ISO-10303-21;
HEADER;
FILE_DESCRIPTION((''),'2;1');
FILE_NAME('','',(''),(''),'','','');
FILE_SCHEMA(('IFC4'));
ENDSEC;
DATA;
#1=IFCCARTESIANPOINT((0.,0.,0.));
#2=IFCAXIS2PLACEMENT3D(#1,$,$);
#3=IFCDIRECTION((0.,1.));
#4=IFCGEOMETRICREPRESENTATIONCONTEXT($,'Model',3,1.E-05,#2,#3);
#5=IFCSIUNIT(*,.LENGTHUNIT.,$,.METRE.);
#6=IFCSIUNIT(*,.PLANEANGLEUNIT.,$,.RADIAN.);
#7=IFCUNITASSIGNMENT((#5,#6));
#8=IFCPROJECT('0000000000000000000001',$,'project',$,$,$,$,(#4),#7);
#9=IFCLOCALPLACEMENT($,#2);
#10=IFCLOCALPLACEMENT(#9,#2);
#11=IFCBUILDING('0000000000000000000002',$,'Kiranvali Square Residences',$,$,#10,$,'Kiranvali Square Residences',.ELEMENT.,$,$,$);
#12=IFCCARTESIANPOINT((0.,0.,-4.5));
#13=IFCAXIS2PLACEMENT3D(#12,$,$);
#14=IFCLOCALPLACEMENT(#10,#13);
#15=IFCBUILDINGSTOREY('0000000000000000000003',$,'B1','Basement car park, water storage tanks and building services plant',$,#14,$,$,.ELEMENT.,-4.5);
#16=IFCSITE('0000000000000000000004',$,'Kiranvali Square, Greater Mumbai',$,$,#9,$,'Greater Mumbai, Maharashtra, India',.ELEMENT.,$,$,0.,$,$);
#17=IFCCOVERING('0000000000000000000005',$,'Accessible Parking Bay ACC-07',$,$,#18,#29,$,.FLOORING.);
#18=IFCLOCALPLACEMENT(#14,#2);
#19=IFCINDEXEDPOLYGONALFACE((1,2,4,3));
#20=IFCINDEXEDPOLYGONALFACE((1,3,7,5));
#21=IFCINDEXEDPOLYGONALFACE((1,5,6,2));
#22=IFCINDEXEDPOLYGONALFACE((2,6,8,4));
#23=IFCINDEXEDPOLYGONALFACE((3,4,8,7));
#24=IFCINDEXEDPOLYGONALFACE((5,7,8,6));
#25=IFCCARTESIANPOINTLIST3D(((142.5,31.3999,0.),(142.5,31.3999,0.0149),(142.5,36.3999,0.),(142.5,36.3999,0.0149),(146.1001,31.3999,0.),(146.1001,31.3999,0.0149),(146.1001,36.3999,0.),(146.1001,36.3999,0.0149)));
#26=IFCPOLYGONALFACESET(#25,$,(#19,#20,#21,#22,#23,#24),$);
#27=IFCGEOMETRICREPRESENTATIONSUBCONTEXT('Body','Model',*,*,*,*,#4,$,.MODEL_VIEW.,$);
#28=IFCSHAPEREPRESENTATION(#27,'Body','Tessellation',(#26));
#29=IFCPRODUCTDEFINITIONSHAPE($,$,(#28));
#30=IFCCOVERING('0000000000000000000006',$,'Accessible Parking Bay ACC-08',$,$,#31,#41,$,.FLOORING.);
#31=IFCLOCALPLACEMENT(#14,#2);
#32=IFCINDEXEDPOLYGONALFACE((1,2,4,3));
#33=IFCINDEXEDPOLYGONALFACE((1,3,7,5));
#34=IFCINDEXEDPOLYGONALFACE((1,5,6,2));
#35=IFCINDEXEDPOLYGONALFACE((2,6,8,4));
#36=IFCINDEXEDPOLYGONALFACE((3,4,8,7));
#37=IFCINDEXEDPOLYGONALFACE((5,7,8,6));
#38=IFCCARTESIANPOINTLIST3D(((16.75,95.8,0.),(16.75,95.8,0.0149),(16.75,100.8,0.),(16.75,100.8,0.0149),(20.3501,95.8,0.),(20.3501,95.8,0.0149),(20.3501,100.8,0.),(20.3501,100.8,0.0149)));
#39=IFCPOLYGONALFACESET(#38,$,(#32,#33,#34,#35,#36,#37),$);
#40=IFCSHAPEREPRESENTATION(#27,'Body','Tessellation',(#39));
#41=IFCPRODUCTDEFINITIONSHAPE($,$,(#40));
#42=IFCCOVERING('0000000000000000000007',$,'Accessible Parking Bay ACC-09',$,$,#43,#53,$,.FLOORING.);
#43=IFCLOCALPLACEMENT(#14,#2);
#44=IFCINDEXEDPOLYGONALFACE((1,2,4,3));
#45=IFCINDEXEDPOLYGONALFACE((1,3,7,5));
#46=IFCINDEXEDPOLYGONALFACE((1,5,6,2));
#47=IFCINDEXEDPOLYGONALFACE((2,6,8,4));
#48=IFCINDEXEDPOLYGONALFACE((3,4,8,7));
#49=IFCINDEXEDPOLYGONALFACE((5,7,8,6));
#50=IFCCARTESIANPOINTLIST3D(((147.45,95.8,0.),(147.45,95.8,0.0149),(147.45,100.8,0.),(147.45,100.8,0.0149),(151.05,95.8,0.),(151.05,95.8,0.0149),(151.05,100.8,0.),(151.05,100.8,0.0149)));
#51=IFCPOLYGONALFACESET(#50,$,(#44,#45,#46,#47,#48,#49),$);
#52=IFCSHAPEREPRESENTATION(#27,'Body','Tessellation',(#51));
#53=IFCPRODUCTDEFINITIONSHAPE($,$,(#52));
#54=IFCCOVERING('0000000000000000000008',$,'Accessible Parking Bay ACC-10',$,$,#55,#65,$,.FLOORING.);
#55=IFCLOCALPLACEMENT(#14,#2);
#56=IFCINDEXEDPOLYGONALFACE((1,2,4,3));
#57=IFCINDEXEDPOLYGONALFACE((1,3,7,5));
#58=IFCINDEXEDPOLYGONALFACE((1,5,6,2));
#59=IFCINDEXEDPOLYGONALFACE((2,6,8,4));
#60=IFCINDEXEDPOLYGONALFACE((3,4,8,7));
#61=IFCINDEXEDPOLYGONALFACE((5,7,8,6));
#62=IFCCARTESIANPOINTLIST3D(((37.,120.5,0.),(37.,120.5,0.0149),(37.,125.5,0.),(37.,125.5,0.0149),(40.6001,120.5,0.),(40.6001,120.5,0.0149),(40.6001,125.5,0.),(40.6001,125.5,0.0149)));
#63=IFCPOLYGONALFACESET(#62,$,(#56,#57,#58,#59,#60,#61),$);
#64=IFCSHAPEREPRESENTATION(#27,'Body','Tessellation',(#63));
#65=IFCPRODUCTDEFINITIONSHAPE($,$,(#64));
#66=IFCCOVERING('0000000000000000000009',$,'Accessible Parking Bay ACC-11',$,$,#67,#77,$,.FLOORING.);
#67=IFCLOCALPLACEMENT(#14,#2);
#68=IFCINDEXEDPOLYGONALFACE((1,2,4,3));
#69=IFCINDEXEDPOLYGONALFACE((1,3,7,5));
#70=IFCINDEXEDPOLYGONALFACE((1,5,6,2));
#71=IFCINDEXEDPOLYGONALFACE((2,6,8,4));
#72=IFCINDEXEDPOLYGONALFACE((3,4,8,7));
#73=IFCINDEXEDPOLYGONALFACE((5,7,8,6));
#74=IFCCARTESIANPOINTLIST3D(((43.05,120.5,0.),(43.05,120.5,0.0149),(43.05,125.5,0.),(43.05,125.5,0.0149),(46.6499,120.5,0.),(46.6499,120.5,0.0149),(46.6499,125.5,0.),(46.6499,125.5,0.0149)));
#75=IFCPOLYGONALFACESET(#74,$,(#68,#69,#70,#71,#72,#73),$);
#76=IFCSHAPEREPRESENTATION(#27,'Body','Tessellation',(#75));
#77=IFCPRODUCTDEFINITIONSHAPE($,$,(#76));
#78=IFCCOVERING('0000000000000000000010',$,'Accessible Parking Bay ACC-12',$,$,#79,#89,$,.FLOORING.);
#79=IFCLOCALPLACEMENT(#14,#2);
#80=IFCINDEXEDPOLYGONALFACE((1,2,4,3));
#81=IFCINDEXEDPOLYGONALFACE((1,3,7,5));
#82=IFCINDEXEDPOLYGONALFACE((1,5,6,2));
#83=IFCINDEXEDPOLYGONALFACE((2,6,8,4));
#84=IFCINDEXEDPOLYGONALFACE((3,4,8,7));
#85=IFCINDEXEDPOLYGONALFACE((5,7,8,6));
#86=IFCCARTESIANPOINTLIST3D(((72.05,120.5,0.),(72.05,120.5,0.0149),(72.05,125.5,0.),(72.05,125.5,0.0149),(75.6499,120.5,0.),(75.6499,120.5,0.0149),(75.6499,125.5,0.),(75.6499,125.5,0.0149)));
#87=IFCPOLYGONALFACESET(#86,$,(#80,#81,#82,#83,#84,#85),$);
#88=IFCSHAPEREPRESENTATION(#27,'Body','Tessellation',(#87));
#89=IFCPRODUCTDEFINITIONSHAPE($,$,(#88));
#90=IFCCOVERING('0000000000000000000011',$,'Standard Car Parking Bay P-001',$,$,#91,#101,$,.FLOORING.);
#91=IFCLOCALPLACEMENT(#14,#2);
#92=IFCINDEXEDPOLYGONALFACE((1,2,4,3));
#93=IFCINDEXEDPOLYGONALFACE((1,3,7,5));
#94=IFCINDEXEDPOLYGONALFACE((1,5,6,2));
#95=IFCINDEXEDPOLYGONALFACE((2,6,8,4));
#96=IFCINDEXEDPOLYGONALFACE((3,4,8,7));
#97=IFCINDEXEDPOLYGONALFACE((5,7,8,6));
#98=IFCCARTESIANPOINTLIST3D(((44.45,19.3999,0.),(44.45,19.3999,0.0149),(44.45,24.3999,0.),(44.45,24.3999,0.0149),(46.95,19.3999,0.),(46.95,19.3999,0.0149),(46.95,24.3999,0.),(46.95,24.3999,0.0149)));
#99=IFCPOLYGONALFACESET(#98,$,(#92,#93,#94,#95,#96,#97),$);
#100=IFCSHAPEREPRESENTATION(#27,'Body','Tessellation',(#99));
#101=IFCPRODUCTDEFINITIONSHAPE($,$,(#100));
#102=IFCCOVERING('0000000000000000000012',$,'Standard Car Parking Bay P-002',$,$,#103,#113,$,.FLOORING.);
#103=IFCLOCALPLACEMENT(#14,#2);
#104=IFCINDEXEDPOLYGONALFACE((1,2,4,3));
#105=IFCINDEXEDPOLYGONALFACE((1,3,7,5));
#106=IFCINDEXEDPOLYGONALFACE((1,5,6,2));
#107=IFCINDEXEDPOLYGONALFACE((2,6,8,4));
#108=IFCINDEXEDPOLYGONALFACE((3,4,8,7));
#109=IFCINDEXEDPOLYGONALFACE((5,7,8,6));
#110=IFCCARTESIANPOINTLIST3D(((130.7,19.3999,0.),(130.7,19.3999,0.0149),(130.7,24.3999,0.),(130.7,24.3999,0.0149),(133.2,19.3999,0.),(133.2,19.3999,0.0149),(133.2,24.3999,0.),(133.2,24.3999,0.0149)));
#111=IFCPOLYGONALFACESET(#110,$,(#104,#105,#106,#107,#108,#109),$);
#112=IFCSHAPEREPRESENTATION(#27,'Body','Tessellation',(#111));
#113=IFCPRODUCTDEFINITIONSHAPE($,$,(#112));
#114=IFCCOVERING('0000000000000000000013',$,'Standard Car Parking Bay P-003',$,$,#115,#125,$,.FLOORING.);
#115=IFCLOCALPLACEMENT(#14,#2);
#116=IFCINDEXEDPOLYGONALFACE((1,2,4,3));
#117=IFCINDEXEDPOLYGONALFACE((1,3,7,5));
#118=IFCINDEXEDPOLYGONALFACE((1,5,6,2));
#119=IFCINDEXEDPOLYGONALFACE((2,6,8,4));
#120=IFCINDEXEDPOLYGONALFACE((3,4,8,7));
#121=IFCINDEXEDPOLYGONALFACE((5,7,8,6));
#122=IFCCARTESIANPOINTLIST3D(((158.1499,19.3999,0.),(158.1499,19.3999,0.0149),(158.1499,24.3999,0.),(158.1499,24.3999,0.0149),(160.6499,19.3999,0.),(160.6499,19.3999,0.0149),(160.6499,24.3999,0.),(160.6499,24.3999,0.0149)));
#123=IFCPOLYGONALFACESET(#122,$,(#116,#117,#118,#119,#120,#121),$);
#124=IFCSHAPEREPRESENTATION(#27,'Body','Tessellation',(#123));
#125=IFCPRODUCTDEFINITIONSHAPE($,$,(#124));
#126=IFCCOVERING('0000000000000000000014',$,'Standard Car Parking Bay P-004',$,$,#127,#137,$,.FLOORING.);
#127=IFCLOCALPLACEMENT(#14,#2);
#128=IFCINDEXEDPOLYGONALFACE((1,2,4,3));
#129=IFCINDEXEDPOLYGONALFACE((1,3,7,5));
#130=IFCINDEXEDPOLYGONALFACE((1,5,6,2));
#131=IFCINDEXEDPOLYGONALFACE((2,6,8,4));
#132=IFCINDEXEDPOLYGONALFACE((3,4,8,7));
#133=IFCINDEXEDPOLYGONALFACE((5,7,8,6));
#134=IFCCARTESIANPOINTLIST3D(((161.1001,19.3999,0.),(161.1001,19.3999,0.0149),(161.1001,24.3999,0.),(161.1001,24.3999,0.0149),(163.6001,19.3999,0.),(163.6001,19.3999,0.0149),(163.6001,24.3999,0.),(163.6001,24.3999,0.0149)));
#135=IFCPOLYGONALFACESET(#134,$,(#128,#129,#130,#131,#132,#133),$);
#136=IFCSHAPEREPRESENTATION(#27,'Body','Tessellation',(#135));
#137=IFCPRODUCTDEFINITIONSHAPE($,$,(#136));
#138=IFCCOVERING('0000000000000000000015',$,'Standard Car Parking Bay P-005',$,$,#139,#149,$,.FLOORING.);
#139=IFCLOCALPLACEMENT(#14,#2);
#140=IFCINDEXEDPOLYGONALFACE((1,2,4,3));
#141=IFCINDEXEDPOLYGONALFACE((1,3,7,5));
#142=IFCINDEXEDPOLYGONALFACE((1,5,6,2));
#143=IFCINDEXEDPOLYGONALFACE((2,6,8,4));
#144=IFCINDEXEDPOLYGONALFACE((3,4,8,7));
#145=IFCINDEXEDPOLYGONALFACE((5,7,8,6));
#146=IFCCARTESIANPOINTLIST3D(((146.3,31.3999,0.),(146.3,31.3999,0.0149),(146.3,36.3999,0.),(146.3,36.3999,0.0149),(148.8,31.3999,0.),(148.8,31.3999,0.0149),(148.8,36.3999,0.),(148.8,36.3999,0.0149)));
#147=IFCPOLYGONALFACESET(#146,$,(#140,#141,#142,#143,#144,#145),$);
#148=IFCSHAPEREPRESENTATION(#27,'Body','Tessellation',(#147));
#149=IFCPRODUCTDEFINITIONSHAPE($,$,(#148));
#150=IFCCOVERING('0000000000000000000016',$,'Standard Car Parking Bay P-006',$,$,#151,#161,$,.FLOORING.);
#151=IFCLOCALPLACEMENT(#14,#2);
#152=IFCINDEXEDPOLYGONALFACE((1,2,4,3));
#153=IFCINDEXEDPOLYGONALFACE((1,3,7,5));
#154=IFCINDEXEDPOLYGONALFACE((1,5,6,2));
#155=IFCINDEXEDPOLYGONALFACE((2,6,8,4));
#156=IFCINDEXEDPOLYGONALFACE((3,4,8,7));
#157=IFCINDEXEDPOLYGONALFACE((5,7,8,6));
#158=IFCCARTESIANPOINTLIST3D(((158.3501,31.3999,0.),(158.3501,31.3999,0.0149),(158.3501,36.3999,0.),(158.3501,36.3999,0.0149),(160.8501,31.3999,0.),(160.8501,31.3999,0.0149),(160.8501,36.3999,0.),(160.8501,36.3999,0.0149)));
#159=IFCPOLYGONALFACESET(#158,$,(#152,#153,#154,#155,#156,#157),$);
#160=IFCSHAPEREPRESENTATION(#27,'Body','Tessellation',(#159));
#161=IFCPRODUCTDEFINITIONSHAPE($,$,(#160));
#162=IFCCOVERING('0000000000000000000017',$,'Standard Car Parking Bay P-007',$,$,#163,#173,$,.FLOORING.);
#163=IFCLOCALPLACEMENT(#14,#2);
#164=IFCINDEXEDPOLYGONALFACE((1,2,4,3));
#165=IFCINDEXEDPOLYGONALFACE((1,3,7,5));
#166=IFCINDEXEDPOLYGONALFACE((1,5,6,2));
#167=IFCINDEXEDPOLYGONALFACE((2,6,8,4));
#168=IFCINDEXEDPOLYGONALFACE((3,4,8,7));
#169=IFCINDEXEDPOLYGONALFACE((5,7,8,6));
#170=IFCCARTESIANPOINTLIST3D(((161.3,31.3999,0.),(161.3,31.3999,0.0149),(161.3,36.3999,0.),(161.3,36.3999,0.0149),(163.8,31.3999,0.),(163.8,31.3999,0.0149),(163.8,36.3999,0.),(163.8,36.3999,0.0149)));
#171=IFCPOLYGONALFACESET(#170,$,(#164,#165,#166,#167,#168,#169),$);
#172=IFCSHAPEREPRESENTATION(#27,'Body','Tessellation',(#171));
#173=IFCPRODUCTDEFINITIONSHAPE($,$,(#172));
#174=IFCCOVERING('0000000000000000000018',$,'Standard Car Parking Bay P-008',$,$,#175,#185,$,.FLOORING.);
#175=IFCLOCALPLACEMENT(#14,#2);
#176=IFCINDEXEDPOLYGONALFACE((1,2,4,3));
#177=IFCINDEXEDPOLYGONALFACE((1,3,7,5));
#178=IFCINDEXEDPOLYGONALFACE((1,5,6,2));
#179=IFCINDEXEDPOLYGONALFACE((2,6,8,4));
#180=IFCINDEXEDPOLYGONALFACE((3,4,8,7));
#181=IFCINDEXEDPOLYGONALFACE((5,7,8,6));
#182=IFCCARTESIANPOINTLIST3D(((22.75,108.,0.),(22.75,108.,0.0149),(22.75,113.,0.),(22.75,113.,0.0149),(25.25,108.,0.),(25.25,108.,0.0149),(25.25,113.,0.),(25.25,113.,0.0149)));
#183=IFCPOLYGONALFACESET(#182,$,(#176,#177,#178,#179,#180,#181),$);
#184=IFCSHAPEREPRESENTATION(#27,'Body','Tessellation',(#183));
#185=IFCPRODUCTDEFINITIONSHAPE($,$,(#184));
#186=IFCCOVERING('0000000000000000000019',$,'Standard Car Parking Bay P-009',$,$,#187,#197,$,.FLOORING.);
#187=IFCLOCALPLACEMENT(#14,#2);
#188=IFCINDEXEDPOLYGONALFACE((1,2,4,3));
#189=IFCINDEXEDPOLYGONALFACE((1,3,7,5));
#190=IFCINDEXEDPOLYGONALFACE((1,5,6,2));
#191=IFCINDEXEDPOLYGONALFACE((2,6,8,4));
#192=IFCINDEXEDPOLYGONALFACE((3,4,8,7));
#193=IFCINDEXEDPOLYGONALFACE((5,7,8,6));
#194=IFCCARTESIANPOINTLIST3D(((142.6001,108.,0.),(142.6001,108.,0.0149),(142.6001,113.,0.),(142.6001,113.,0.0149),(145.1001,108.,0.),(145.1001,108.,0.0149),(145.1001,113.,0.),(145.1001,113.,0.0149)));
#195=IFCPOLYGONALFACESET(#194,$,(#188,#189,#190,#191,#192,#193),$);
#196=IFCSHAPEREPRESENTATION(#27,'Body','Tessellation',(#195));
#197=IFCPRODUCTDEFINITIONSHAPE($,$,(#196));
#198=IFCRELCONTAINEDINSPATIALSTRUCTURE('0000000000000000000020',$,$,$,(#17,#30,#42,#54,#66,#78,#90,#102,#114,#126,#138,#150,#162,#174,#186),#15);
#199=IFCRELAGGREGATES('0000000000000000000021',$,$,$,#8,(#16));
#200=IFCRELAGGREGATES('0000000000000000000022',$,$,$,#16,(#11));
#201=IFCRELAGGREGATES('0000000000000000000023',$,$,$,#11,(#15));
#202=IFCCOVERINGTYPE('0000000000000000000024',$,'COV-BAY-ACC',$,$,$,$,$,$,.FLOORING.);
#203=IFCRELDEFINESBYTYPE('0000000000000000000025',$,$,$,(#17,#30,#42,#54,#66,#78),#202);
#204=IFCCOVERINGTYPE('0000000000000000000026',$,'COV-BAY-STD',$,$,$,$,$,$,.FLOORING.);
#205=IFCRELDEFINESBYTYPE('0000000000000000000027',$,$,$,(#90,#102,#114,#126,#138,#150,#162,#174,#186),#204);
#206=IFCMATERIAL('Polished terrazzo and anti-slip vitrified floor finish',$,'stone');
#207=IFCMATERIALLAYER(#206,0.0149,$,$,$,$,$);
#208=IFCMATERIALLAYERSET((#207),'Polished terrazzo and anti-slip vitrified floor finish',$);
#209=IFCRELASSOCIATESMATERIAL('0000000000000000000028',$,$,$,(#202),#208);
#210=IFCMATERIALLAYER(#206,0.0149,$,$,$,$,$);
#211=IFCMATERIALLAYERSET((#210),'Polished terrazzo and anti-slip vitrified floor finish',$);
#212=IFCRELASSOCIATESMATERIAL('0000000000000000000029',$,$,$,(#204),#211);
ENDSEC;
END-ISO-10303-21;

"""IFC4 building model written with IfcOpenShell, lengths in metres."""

from ifc_helpers import new_model, si_unit, direction, frame, origin, place, context, subcontext, project, spatial, polyline, outline, extrude, material, layer, layer_set, type_object, element, save


model = new_model("IFC4")

# Units and contexts
model_context = context("Model", 3, precision=1e-05, world=origin(), true_north=direction((0.0, 1.0)))
body_context = subcontext(model_context, "Body", "Model", "MODEL_VIEW")
ifc_project = project(units=[si_unit("LENGTHUNIT", "METRE"), si_unit("PLANEANGLEUNIT", "RADIAN")], contexts=[model_context])

# Site, building, storey
site_placement = place(None, origin())
site = spatial("IfcSite", under=ifc_project, at=site_placement, Name="Kiranvali Square, Greater Mumbai", LongName="Greater Mumbai, Maharashtra, India", CompositionType="ELEMENT", RefElevation=0.0)
building_placement = place(site_placement, origin())
building = spatial("IfcBuilding", under=site, at=building_placement, Name="Kiranvali Square Residences", LongName="Kiranvali Square Residences", CompositionType="ELEMENT")
storey_placement = place(building_placement, frame((0.0, 0.0, -4.5)))
storey = spatial("IfcBuildingStorey", under=building, at=storey_placement, Name="B1", Description="Basement car park, water storage tanks and building services plant", CompositionType="ELEMENT", Elevation=-4.5)

# Coverings
ifc_material_1 = material(Name="Polished terrazzo and anti-slip vitrified floor finish", Category="stone")
ifc_layer_1 = layer(ifc_material_1, 0.0149)
ifc_layer_set_1 = layer_set([ifc_layer_1], Name="Polished terrazzo and anti-slip vitrified floor finish")
covering_type_1 = type_object("IfcCoveringType", Name="COV-BAY-ACC", PredefinedType="FLOORING", material=ifc_layer_set_1)
covering_1_placement = place(storey_placement, origin())
element("IfcCovering", 1, at=covering_1_placement, inside=storey, type_object=covering_type_1, Name="Accessible Parking Bay ACC-07", PredefinedType="FLOORING", context=body_context, shape_type="SweptSolid", body=[
    extrude(outline(polyline([(142.5, 31.3999), (146.1001, 31.3999), (146.1001, 36.3999), (142.5, 36.3999), (142.5, 31.3999)])), origin(), (0.0, 0.0, 1.0), 0.0149),
])
covering_2_placement = place(storey_placement, origin())
element("IfcCovering", 2, at=covering_2_placement, inside=storey, type_object=covering_type_1, Name="Accessible Parking Bay ACC-08", PredefinedType="FLOORING", context=body_context, shape_type="SweptSolid", body=[
    extrude(outline(polyline([(16.75, 95.8), (20.3501, 95.8), (20.3501, 100.8), (16.75, 100.8), (16.75, 95.8)])), origin(), (0.0, 0.0, 1.0), 0.0149),
])
covering_3_placement = place(storey_placement, origin())
element("IfcCovering", 3, at=covering_3_placement, inside=storey, type_object=covering_type_1, Name="Accessible Parking Bay ACC-09", PredefinedType="FLOORING", context=body_context, shape_type="SweptSolid", body=[
    extrude(outline(polyline([(147.45, 95.8), (151.05, 95.8), (151.05, 100.8), (147.45, 100.8), (147.45, 95.8)])), origin(), (0.0, 0.0, 1.0), 0.0149),
])
covering_4_placement = place(storey_placement, origin())
element("IfcCovering", 4, at=covering_4_placement, inside=storey, type_object=covering_type_1, Name="Accessible Parking Bay ACC-10", PredefinedType="FLOORING", context=body_context, shape_type="SweptSolid", body=[
    extrude(outline(polyline([(37.0, 120.5), (40.6001, 120.5), (40.6001, 125.5), (37.0, 125.5), (37.0, 120.5)])), origin(), (0.0, 0.0, 1.0), 0.0149),
])
covering_5_placement = place(storey_placement, origin())
element("IfcCovering", 5, at=covering_5_placement, inside=storey, type_object=covering_type_1, Name="Accessible Parking Bay ACC-11", PredefinedType="FLOORING", context=body_context, shape_type="SweptSolid", body=[
    extrude(outline(polyline([(43.05, 120.5), (46.6499, 120.5), (46.6499, 125.5), (43.05, 125.5), (43.05, 120.5)])), origin(), (0.0, 0.0, 1.0), 0.0149),
])
covering_6_placement = place(storey_placement, origin())
element("IfcCovering", 6, at=covering_6_placement, inside=storey, type_object=covering_type_1, Name="Accessible Parking Bay ACC-12", PredefinedType="FLOORING", context=body_context, shape_type="SweptSolid", body=[
    extrude(outline(polyline([(72.05, 120.5), (75.6499, 120.5), (75.6499, 125.5), (72.05, 125.5), (72.05, 120.5)])), origin(), (0.0, 0.0, 1.0), 0.0149),
])
ifc_layer_2 = layer(ifc_material_1, 0.0149)
ifc_layer_set_2 = layer_set([ifc_layer_2], Name="Polished terrazzo and anti-slip vitrified floor finish")
covering_type_2 = type_object("IfcCoveringType", Name="COV-BAY-STD", PredefinedType="FLOORING", material=ifc_layer_set_2)
covering_7_placement = place(storey_placement, origin())
element("IfcCovering", 7, at=covering_7_placement, inside=storey, type_object=covering_type_2, Name="Standard Car Parking Bay P-001", PredefinedType="FLOORING", context=body_context, shape_type="SweptSolid", body=[
    extrude(outline(polyline([(44.45, 19.3999), (46.95, 19.3999), (46.95, 24.3999), (44.45, 24.3999), (44.45, 19.3999)])), origin(), (0.0, 0.0, 1.0), 0.0149),
])
covering_8_placement = place(storey_placement, origin())
element("IfcCovering", 8, at=covering_8_placement, inside=storey, type_object=covering_type_2, Name="Standard Car Parking Bay P-002", PredefinedType="FLOORING", context=body_context, shape_type="SweptSolid", body=[
    extrude(outline(polyline([(130.7, 19.3999), (133.2, 19.3999), (133.2, 24.3999), (130.7, 24.3999), (130.7, 19.3999)])), origin(), (0.0, 0.0, 1.0), 0.0149),
])
covering_9_placement = place(storey_placement, origin())
element("IfcCovering", 9, at=covering_9_placement, inside=storey, type_object=covering_type_2, Name="Standard Car Parking Bay P-003", PredefinedType="FLOORING", context=body_context, shape_type="SweptSolid", body=[
    extrude(outline(polyline([(158.1499, 19.3999), (160.6499, 19.3999), (160.6499, 24.3999), (158.1499, 24.3999), (158.1499, 19.3999)])), origin(), (0.0, 0.0, 1.0), 0.0149),
])
covering_10_placement = place(storey_placement, origin())
element("IfcCovering", 10, at=covering_10_placement, inside=storey, type_object=covering_type_2, Name="Standard Car Parking Bay P-004", PredefinedType="FLOORING", context=body_context, shape_type="SweptSolid", body=[
    extrude(outline(polyline([(161.1001, 19.3999), (163.6001, 19.3999), (163.6001, 24.3999), (161.1001, 24.3999), (161.1001, 19.3999)])), origin(), (0.0, 0.0, 1.0), 0.0149),
])
covering_11_placement = place(storey_placement, origin())
element("IfcCovering", 11, at=covering_11_placement, inside=storey, type_object=covering_type_2, Name="Standard Car Parking Bay P-005", PredefinedType="FLOORING", context=body_context, shape_type="SweptSolid", body=[
    extrude(outline(polyline([(146.3, 31.3999), (148.8, 31.3999), (148.8, 36.3999), (146.3, 36.3999), (146.3, 31.3999)])), origin(), (0.0, 0.0, 1.0), 0.0149),
])
covering_12_placement = place(storey_placement, origin())
element("IfcCovering", 12, at=covering_12_placement, inside=storey, type_object=covering_type_2, Name="Standard Car Parking Bay P-006", PredefinedType="FLOORING", context=body_context, shape_type="SweptSolid", body=[
    extrude(outline(polyline([(158.3501, 31.3999), (160.8501, 31.3999), (160.8501, 36.3999), (158.3501, 36.3999), (158.3501, 31.3999)])), origin(), (0.0, 0.0, 1.0), 0.0149),
])
covering_13_placement = place(storey_placement, origin())
element("IfcCovering", 13, at=covering_13_placement, inside=storey, type_object=covering_type_2, Name="Standard Car Parking Bay P-007", PredefinedType="FLOORING", context=body_context, shape_type="SweptSolid", body=[
    extrude(outline(polyline([(161.3, 31.3999), (163.8, 31.3999), (163.8, 36.3999), (161.3, 36.3999), (161.3, 31.3999)])), origin(), (0.0, 0.0, 1.0), 0.0149),
])
covering_14_placement = place(storey_placement, origin())
element("IfcCovering", 14, at=covering_14_placement, inside=storey, type_object=covering_type_2, Name="Standard Car Parking Bay P-008", PredefinedType="FLOORING", context=body_context, shape_type="SweptSolid", body=[
    extrude(outline(polyline([(22.75, 108.0), (25.25, 108.0), (25.25, 113.0), (22.75, 113.0), (22.75, 108.0)])), origin(), (0.0, 0.0, 1.0), 0.0149),
])
covering_15_placement = place(storey_placement, origin())
element("IfcCovering", 15, at=covering_15_placement, inside=storey, type_object=covering_type_2, Name="Standard Car Parking Bay P-009", PredefinedType="FLOORING", context=body_context, shape_type="SweptSolid", body=[
    extrude(outline(polyline([(142.6001, 108.0), (145.1001, 108.0), (145.1001, 113.0), (142.6001, 113.0), (142.6001, 108.0)])), origin(), (0.0, 0.0, 1.0), 0.0149),
])

save(model, "model.ifc")
